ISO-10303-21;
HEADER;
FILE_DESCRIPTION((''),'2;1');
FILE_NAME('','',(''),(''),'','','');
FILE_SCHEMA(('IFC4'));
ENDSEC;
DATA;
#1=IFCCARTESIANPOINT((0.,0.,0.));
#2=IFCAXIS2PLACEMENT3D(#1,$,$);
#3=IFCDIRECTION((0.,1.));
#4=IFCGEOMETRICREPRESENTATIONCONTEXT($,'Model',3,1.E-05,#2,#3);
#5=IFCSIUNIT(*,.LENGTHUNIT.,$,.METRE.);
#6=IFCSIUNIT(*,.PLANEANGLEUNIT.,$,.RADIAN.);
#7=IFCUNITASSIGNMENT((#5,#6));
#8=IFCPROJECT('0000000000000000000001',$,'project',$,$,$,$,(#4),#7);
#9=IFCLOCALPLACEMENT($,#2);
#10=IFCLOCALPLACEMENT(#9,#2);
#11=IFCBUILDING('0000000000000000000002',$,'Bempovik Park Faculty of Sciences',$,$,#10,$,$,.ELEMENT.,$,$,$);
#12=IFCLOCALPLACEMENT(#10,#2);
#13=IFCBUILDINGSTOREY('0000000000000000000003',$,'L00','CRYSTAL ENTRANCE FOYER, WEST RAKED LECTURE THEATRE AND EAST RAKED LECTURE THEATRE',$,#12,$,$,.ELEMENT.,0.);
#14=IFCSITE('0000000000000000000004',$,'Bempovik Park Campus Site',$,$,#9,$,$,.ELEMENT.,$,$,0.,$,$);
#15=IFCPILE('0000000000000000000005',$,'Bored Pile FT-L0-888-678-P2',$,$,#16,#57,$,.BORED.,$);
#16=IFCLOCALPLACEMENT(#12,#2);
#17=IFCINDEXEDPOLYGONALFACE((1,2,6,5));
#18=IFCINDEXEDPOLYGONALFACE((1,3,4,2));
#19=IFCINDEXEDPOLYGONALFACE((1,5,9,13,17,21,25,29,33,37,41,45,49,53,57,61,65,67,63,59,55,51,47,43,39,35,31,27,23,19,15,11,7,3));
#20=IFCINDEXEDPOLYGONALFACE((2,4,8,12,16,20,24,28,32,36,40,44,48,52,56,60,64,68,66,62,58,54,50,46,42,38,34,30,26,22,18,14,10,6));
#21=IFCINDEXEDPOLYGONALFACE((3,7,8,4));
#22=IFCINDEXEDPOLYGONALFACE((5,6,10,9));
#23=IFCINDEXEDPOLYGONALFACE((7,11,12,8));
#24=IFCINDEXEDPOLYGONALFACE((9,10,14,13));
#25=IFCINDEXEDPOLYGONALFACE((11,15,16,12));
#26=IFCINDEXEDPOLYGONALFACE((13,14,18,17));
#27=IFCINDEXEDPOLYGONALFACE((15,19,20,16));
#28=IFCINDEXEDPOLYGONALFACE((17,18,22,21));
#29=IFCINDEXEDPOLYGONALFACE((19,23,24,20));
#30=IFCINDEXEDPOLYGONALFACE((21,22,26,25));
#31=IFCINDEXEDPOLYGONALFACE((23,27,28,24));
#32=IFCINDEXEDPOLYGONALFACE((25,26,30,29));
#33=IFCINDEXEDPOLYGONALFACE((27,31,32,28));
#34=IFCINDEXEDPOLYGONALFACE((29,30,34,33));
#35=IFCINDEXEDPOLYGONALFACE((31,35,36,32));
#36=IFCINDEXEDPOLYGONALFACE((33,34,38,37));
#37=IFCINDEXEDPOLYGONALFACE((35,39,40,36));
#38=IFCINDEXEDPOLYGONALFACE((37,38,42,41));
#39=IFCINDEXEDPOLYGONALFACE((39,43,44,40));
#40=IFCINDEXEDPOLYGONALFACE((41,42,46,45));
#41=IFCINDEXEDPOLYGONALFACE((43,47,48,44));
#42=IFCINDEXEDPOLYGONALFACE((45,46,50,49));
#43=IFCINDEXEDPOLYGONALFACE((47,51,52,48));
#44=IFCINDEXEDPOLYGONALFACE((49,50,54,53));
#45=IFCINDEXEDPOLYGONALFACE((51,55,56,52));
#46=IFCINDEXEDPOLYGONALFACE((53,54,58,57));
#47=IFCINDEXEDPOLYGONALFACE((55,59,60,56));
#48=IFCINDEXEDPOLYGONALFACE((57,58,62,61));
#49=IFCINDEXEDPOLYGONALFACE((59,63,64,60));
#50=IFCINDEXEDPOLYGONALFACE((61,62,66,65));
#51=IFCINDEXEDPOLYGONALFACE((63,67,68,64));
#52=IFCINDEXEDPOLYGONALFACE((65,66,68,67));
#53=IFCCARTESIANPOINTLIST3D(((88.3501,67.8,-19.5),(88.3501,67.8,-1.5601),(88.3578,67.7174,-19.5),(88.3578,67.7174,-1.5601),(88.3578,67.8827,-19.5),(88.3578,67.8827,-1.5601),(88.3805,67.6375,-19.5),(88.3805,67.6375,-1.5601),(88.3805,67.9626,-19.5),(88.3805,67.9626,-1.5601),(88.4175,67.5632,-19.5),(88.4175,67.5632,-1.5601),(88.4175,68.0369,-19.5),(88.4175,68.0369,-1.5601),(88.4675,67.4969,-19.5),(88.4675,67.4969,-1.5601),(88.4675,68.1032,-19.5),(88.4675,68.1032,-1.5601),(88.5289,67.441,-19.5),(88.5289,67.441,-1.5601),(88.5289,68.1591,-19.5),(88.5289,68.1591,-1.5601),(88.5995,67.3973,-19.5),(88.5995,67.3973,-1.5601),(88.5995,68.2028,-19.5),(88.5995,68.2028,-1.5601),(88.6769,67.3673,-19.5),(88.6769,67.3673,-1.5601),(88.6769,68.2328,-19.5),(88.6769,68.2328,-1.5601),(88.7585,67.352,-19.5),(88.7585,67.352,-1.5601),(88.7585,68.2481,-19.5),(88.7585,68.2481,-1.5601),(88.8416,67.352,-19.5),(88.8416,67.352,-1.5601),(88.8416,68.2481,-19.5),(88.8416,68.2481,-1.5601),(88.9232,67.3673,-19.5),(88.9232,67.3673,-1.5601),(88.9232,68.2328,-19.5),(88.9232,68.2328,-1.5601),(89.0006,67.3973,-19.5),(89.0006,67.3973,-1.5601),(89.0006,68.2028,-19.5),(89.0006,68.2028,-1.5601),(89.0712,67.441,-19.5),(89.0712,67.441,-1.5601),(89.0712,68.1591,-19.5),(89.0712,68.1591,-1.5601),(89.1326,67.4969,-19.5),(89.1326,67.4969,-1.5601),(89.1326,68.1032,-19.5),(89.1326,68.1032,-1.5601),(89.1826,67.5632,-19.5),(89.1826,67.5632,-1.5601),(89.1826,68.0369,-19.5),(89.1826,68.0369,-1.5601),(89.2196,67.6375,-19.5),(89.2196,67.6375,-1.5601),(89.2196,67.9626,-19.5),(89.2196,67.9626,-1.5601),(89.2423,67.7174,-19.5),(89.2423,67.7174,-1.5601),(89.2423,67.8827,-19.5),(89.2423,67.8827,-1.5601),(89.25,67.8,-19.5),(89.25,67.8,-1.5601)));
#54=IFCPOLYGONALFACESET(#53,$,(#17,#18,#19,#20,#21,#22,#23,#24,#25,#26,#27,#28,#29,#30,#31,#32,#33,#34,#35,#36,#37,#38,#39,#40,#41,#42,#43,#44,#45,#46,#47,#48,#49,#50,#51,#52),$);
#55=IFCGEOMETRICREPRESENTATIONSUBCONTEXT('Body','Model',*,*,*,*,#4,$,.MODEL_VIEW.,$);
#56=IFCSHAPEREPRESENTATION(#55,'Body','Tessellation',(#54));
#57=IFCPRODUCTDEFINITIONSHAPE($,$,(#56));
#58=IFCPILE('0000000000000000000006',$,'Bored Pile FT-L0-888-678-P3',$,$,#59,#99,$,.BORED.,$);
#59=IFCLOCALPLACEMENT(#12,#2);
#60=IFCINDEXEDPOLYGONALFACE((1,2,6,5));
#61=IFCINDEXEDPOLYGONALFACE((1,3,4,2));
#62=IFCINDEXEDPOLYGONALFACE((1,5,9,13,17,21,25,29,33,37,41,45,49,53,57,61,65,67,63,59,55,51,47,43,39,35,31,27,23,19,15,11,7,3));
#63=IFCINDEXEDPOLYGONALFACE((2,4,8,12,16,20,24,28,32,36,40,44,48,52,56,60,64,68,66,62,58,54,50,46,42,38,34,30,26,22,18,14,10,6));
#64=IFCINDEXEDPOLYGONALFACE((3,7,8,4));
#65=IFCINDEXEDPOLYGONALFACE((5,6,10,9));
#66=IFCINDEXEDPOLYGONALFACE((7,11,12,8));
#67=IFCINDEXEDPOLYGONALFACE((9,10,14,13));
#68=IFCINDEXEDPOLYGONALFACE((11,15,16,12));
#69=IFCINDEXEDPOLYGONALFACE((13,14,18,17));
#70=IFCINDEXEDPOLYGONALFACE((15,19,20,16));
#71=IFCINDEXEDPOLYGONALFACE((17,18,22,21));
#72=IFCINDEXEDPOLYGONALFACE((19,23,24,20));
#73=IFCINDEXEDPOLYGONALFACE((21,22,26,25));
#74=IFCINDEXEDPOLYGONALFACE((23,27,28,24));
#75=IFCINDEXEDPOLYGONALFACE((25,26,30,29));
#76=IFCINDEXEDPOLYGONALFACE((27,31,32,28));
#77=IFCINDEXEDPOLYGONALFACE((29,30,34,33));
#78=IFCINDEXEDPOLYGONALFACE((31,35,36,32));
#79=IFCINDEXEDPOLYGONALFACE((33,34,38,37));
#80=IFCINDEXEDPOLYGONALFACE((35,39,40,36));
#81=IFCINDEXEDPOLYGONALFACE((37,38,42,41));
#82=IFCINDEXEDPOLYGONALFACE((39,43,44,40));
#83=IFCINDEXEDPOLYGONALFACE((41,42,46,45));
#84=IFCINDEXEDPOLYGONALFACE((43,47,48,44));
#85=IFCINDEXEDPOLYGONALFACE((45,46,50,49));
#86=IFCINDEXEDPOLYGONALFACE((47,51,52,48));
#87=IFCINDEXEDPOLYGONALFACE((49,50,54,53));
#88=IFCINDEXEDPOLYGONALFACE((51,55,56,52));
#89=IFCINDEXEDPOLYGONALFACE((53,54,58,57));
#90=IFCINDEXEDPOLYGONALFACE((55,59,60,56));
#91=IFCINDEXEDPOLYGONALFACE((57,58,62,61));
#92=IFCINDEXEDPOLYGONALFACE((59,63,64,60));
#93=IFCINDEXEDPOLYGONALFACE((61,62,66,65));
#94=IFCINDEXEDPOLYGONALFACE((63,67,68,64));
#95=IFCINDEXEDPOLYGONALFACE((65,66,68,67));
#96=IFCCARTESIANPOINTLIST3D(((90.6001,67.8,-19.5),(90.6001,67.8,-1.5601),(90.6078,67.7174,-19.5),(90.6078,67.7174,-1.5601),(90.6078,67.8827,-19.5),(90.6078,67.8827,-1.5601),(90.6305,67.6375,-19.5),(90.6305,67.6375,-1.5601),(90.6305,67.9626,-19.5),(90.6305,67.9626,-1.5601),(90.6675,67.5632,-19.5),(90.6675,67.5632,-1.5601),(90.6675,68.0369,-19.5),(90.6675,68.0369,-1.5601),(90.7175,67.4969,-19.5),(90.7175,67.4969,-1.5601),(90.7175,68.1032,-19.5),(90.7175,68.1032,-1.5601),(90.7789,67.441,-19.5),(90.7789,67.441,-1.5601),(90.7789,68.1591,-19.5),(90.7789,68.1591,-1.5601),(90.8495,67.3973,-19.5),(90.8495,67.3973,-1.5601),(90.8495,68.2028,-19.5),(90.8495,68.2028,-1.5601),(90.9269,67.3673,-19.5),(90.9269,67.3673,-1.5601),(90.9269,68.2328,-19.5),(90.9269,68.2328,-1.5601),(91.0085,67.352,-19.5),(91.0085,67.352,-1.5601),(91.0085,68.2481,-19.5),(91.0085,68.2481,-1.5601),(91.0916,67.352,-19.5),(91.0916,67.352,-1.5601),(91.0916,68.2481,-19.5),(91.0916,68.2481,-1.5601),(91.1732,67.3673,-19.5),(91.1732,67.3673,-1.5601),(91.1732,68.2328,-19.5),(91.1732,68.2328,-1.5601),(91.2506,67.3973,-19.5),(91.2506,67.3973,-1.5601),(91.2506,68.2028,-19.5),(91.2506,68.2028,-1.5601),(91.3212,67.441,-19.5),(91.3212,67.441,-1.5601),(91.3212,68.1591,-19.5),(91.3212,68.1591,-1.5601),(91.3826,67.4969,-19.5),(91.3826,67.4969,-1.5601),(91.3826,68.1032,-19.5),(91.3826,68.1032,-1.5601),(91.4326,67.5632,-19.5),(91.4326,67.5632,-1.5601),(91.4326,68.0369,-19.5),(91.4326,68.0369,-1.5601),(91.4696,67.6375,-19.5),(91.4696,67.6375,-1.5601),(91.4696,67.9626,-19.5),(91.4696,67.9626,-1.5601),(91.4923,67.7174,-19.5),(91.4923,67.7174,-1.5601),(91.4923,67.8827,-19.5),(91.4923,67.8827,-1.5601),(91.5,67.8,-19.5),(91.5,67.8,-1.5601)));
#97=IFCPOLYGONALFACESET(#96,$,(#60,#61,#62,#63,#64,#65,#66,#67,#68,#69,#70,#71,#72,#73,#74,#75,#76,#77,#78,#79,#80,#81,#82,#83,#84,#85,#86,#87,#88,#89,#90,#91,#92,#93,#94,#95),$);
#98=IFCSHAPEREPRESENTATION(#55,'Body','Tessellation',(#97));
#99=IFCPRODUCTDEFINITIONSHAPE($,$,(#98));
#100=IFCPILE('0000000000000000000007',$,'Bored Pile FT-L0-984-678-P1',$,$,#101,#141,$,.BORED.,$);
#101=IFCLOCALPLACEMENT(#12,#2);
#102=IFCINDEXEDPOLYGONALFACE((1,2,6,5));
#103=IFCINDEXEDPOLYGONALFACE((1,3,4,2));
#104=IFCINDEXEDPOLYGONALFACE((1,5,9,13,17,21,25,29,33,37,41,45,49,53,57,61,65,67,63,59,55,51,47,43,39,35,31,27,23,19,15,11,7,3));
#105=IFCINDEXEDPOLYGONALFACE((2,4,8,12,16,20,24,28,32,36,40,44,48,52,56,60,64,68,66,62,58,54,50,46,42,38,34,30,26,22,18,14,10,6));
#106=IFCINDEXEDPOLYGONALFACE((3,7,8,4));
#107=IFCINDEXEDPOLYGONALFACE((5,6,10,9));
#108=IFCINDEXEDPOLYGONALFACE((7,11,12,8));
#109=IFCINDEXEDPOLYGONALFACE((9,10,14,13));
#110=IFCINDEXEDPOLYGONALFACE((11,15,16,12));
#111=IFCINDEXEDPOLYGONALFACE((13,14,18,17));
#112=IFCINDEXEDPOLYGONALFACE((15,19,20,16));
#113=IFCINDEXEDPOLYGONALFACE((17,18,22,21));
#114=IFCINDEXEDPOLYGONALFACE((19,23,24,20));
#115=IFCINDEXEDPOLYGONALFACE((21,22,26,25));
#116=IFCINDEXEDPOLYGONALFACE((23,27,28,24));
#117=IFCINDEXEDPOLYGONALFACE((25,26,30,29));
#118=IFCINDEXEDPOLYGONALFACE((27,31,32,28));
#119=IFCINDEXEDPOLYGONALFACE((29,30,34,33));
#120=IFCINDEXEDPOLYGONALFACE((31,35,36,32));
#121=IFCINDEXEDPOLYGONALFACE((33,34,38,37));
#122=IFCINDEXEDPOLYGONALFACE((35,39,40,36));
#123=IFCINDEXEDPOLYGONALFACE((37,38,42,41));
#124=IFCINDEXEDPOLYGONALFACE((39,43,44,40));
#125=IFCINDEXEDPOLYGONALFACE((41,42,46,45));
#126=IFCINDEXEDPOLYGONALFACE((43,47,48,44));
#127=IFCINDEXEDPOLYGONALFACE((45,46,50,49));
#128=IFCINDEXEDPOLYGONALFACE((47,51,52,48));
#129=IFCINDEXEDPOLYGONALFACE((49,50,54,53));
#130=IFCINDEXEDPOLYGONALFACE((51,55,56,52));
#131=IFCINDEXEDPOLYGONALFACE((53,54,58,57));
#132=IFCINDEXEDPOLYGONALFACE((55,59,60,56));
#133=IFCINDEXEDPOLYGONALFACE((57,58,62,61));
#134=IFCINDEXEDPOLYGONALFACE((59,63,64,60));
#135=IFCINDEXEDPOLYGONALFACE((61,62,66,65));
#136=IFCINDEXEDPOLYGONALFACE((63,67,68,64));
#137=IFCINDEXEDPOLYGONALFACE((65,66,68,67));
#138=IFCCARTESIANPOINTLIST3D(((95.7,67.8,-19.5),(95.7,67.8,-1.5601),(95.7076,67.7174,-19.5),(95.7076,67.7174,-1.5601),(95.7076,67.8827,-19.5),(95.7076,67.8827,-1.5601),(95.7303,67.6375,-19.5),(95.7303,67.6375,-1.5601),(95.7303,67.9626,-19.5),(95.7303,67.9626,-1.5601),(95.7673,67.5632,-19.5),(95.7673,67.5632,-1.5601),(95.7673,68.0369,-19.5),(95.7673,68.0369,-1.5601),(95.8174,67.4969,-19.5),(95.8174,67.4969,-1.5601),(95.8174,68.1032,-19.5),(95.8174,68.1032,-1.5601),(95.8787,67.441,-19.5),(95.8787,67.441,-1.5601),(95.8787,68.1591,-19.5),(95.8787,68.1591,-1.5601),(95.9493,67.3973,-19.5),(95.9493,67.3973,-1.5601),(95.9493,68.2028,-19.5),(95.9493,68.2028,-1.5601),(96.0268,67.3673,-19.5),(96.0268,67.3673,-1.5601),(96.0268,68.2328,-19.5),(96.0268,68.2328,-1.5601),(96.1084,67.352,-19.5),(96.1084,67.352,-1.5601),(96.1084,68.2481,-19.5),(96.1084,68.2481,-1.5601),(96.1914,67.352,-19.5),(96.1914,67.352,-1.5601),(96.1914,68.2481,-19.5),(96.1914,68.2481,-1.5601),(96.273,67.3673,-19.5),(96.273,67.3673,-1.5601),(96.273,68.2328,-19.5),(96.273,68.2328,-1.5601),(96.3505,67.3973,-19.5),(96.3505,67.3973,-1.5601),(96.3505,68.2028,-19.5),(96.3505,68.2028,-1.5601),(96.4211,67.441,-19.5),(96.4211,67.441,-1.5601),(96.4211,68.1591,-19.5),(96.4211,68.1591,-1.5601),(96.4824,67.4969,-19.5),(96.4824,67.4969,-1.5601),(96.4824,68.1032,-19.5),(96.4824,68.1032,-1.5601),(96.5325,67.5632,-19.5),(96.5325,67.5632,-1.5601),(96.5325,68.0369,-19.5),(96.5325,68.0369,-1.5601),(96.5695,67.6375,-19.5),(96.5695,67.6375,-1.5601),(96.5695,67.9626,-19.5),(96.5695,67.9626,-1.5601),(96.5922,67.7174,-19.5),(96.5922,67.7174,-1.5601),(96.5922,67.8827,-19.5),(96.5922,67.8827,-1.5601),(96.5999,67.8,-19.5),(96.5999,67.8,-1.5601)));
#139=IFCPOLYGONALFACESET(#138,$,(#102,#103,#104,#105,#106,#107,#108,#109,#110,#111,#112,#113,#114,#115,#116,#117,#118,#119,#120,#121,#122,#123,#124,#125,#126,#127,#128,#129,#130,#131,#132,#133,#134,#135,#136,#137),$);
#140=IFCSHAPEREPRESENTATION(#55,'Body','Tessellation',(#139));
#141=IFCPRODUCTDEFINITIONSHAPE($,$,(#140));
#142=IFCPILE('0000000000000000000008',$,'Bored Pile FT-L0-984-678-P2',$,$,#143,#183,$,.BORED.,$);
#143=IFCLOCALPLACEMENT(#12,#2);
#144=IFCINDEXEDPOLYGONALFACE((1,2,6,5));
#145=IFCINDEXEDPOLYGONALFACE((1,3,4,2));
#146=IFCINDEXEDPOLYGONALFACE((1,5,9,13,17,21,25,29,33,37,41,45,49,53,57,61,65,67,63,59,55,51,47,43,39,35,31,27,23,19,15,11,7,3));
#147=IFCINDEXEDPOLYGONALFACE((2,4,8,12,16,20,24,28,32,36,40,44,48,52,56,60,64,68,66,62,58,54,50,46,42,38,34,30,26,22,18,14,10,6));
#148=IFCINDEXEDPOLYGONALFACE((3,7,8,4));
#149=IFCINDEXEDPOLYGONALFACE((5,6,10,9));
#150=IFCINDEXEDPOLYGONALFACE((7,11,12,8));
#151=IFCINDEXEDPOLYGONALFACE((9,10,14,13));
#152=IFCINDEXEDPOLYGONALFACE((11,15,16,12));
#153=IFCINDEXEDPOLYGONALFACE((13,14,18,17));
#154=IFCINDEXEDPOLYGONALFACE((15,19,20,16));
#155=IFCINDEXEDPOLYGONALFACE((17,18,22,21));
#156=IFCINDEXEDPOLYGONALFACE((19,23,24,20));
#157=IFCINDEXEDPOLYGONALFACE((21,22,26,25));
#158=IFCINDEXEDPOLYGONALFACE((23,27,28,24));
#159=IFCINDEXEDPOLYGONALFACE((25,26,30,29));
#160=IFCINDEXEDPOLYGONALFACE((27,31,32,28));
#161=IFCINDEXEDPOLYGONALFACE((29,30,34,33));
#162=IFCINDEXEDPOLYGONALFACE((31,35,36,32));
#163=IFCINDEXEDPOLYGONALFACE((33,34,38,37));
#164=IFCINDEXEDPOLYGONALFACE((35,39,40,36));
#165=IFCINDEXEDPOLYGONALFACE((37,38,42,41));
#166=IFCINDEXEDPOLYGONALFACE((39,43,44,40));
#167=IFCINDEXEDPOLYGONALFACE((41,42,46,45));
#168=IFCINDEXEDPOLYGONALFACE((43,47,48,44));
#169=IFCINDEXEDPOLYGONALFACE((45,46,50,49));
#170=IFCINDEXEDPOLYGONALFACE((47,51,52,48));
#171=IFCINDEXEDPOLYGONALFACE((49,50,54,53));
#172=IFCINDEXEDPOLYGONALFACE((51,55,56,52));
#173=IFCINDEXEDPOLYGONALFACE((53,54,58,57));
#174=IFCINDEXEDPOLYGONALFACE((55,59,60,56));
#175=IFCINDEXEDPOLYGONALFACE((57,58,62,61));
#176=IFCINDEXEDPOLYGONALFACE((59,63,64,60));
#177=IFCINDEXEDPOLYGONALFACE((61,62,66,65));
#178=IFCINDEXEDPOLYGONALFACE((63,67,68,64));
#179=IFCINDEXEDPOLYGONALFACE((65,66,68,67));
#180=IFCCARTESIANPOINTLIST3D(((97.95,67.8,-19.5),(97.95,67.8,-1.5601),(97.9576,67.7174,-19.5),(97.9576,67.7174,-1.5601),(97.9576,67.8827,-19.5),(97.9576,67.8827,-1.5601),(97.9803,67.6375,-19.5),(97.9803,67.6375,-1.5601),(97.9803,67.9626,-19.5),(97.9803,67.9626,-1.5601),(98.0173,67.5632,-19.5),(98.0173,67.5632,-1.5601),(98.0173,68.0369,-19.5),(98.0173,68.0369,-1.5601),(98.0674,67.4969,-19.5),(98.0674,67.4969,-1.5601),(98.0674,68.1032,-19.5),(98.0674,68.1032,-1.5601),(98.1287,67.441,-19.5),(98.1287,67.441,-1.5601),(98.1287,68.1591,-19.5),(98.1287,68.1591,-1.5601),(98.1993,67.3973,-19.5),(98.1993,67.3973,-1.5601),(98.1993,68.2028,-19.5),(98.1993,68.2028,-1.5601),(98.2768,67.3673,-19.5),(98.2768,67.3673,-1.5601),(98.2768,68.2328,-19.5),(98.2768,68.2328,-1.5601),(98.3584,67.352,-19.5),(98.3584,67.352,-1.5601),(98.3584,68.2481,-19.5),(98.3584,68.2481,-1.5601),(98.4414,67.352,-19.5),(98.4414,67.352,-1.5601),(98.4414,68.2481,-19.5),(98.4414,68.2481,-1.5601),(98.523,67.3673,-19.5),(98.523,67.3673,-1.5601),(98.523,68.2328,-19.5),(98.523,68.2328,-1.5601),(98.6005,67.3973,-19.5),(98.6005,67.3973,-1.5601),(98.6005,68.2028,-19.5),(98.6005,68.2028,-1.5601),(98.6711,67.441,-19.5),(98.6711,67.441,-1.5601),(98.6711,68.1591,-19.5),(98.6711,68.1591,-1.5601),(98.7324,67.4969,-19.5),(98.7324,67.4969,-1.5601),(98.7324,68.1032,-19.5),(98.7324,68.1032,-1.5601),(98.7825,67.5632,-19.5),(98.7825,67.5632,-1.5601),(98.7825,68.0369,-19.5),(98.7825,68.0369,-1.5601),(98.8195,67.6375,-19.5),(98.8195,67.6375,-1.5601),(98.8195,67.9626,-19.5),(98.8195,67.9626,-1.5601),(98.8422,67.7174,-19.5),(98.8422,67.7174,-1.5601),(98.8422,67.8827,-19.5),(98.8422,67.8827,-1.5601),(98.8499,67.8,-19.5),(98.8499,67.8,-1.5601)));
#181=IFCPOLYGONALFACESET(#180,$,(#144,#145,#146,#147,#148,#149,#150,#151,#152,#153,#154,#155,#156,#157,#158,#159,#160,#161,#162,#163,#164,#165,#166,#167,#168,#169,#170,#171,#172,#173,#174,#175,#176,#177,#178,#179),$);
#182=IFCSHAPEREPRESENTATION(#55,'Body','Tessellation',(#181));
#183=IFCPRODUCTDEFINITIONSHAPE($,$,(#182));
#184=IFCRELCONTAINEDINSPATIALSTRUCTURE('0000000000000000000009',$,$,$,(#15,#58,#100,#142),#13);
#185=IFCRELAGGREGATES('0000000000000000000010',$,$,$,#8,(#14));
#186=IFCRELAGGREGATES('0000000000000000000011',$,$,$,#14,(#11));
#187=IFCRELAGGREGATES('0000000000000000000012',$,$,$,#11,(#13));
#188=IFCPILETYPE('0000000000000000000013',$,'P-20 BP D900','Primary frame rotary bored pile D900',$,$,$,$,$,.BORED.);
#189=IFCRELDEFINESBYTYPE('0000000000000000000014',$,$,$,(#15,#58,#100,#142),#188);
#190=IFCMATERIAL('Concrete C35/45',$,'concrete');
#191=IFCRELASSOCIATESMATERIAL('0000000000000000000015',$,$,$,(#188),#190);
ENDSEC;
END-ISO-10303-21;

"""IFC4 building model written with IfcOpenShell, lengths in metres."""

from ifc_helpers import new_model, si_unit, direction, frame, origin, origin_2d, place, context, subcontext, project, spatial, circle, extrude, material, material_profile, profile_set, type_object, element, save


model = new_model("IFC4")

# Units and contexts
model_context = context("Model", 3, precision=1e-05, world=origin(), true_north=direction((0.0, 1.0)))
body_context = subcontext(model_context, "Body", "Model", "MODEL_VIEW")
ifc_project = project(units=[si_unit("LENGTHUNIT", "METRE"), si_unit("PLANEANGLEUNIT", "RADIAN")], contexts=[model_context])

# Site, building, storey
site_placement = place(None, origin())
site = spatial("IfcSite", under=ifc_project, at=site_placement, Name="Bempovik Park Campus Site", CompositionType="ELEMENT", RefElevation=0.0)
building_placement = place(site_placement, origin())
building = spatial("IfcBuilding", under=site, at=building_placement, Name="Bempovik Park Faculty of Sciences", CompositionType="ELEMENT")
storey_placement = place(building_placement, origin())
storey = spatial("IfcBuildingStorey", under=building, at=storey_placement, Name="L00", Description="CRYSTAL ENTRANCE FOYER, WEST RAKED LECTURE THEATRE AND EAST RAKED LECTURE THEATRE", CompositionType="ELEMENT", Elevation=0.0)

# Shared definitions
ifc_material_1 = material(Name="Concrete C35/45", Category="concrete")

# Piles
ifc_material_profile_1 = material_profile(ifc_material_1, circle(Radius=0.45, at=origin_2d()), Name="BP D900")
ifc_profile_set_1 = profile_set([ifc_material_profile_1], Name="Concrete C35/45")
pile_type_1 = type_object("IfcPileType", Name="P-20 BP D900", Description="Primary frame rotary bored pile D900", PredefinedType="BORED", material=ifc_profile_set_1)
for number, where, z_axis, x_axis, name in (
    (1, (88.8, 67.8, -1.5601), (0.0, 0.0, -1.0), (1.0, 0.0, 0.0), "Bored Pile FT-L0-888-678-P2"),
    (2, (91.05, 67.8, -1.5601), (0.0, 0.0, -1.0), (1.0, 0.0, 0.0), "Bored Pile FT-L0-888-678-P3"),
    (3, (96.1499, 67.8, -1.5601), (0.0, 0.0, -1.0), (1.0, 0.0, 0.0), "Bored Pile FT-L0-984-678-P1"),
    (4, (98.3999, 67.8, -1.5601), (0.0, 0.0, -1.0), (1.0, 0.0, 0.0), "Bored Pile FT-L0-984-678-P2"),
):
    element("IfcPile", number, at=place(storey_placement, frame(where, z_axis=z_axis, x_axis=x_axis)), inside=storey, type_object=pile_type_1, Name=name, PredefinedType="BORED", context=body_context, shape_type="SweptSolid", body=[
        extrude(circle(Radius=0.45, at=origin_2d()), origin(), (0.0, 0.0, 1.0), 17.9399),
    ])

save(model, "model.ifc")
